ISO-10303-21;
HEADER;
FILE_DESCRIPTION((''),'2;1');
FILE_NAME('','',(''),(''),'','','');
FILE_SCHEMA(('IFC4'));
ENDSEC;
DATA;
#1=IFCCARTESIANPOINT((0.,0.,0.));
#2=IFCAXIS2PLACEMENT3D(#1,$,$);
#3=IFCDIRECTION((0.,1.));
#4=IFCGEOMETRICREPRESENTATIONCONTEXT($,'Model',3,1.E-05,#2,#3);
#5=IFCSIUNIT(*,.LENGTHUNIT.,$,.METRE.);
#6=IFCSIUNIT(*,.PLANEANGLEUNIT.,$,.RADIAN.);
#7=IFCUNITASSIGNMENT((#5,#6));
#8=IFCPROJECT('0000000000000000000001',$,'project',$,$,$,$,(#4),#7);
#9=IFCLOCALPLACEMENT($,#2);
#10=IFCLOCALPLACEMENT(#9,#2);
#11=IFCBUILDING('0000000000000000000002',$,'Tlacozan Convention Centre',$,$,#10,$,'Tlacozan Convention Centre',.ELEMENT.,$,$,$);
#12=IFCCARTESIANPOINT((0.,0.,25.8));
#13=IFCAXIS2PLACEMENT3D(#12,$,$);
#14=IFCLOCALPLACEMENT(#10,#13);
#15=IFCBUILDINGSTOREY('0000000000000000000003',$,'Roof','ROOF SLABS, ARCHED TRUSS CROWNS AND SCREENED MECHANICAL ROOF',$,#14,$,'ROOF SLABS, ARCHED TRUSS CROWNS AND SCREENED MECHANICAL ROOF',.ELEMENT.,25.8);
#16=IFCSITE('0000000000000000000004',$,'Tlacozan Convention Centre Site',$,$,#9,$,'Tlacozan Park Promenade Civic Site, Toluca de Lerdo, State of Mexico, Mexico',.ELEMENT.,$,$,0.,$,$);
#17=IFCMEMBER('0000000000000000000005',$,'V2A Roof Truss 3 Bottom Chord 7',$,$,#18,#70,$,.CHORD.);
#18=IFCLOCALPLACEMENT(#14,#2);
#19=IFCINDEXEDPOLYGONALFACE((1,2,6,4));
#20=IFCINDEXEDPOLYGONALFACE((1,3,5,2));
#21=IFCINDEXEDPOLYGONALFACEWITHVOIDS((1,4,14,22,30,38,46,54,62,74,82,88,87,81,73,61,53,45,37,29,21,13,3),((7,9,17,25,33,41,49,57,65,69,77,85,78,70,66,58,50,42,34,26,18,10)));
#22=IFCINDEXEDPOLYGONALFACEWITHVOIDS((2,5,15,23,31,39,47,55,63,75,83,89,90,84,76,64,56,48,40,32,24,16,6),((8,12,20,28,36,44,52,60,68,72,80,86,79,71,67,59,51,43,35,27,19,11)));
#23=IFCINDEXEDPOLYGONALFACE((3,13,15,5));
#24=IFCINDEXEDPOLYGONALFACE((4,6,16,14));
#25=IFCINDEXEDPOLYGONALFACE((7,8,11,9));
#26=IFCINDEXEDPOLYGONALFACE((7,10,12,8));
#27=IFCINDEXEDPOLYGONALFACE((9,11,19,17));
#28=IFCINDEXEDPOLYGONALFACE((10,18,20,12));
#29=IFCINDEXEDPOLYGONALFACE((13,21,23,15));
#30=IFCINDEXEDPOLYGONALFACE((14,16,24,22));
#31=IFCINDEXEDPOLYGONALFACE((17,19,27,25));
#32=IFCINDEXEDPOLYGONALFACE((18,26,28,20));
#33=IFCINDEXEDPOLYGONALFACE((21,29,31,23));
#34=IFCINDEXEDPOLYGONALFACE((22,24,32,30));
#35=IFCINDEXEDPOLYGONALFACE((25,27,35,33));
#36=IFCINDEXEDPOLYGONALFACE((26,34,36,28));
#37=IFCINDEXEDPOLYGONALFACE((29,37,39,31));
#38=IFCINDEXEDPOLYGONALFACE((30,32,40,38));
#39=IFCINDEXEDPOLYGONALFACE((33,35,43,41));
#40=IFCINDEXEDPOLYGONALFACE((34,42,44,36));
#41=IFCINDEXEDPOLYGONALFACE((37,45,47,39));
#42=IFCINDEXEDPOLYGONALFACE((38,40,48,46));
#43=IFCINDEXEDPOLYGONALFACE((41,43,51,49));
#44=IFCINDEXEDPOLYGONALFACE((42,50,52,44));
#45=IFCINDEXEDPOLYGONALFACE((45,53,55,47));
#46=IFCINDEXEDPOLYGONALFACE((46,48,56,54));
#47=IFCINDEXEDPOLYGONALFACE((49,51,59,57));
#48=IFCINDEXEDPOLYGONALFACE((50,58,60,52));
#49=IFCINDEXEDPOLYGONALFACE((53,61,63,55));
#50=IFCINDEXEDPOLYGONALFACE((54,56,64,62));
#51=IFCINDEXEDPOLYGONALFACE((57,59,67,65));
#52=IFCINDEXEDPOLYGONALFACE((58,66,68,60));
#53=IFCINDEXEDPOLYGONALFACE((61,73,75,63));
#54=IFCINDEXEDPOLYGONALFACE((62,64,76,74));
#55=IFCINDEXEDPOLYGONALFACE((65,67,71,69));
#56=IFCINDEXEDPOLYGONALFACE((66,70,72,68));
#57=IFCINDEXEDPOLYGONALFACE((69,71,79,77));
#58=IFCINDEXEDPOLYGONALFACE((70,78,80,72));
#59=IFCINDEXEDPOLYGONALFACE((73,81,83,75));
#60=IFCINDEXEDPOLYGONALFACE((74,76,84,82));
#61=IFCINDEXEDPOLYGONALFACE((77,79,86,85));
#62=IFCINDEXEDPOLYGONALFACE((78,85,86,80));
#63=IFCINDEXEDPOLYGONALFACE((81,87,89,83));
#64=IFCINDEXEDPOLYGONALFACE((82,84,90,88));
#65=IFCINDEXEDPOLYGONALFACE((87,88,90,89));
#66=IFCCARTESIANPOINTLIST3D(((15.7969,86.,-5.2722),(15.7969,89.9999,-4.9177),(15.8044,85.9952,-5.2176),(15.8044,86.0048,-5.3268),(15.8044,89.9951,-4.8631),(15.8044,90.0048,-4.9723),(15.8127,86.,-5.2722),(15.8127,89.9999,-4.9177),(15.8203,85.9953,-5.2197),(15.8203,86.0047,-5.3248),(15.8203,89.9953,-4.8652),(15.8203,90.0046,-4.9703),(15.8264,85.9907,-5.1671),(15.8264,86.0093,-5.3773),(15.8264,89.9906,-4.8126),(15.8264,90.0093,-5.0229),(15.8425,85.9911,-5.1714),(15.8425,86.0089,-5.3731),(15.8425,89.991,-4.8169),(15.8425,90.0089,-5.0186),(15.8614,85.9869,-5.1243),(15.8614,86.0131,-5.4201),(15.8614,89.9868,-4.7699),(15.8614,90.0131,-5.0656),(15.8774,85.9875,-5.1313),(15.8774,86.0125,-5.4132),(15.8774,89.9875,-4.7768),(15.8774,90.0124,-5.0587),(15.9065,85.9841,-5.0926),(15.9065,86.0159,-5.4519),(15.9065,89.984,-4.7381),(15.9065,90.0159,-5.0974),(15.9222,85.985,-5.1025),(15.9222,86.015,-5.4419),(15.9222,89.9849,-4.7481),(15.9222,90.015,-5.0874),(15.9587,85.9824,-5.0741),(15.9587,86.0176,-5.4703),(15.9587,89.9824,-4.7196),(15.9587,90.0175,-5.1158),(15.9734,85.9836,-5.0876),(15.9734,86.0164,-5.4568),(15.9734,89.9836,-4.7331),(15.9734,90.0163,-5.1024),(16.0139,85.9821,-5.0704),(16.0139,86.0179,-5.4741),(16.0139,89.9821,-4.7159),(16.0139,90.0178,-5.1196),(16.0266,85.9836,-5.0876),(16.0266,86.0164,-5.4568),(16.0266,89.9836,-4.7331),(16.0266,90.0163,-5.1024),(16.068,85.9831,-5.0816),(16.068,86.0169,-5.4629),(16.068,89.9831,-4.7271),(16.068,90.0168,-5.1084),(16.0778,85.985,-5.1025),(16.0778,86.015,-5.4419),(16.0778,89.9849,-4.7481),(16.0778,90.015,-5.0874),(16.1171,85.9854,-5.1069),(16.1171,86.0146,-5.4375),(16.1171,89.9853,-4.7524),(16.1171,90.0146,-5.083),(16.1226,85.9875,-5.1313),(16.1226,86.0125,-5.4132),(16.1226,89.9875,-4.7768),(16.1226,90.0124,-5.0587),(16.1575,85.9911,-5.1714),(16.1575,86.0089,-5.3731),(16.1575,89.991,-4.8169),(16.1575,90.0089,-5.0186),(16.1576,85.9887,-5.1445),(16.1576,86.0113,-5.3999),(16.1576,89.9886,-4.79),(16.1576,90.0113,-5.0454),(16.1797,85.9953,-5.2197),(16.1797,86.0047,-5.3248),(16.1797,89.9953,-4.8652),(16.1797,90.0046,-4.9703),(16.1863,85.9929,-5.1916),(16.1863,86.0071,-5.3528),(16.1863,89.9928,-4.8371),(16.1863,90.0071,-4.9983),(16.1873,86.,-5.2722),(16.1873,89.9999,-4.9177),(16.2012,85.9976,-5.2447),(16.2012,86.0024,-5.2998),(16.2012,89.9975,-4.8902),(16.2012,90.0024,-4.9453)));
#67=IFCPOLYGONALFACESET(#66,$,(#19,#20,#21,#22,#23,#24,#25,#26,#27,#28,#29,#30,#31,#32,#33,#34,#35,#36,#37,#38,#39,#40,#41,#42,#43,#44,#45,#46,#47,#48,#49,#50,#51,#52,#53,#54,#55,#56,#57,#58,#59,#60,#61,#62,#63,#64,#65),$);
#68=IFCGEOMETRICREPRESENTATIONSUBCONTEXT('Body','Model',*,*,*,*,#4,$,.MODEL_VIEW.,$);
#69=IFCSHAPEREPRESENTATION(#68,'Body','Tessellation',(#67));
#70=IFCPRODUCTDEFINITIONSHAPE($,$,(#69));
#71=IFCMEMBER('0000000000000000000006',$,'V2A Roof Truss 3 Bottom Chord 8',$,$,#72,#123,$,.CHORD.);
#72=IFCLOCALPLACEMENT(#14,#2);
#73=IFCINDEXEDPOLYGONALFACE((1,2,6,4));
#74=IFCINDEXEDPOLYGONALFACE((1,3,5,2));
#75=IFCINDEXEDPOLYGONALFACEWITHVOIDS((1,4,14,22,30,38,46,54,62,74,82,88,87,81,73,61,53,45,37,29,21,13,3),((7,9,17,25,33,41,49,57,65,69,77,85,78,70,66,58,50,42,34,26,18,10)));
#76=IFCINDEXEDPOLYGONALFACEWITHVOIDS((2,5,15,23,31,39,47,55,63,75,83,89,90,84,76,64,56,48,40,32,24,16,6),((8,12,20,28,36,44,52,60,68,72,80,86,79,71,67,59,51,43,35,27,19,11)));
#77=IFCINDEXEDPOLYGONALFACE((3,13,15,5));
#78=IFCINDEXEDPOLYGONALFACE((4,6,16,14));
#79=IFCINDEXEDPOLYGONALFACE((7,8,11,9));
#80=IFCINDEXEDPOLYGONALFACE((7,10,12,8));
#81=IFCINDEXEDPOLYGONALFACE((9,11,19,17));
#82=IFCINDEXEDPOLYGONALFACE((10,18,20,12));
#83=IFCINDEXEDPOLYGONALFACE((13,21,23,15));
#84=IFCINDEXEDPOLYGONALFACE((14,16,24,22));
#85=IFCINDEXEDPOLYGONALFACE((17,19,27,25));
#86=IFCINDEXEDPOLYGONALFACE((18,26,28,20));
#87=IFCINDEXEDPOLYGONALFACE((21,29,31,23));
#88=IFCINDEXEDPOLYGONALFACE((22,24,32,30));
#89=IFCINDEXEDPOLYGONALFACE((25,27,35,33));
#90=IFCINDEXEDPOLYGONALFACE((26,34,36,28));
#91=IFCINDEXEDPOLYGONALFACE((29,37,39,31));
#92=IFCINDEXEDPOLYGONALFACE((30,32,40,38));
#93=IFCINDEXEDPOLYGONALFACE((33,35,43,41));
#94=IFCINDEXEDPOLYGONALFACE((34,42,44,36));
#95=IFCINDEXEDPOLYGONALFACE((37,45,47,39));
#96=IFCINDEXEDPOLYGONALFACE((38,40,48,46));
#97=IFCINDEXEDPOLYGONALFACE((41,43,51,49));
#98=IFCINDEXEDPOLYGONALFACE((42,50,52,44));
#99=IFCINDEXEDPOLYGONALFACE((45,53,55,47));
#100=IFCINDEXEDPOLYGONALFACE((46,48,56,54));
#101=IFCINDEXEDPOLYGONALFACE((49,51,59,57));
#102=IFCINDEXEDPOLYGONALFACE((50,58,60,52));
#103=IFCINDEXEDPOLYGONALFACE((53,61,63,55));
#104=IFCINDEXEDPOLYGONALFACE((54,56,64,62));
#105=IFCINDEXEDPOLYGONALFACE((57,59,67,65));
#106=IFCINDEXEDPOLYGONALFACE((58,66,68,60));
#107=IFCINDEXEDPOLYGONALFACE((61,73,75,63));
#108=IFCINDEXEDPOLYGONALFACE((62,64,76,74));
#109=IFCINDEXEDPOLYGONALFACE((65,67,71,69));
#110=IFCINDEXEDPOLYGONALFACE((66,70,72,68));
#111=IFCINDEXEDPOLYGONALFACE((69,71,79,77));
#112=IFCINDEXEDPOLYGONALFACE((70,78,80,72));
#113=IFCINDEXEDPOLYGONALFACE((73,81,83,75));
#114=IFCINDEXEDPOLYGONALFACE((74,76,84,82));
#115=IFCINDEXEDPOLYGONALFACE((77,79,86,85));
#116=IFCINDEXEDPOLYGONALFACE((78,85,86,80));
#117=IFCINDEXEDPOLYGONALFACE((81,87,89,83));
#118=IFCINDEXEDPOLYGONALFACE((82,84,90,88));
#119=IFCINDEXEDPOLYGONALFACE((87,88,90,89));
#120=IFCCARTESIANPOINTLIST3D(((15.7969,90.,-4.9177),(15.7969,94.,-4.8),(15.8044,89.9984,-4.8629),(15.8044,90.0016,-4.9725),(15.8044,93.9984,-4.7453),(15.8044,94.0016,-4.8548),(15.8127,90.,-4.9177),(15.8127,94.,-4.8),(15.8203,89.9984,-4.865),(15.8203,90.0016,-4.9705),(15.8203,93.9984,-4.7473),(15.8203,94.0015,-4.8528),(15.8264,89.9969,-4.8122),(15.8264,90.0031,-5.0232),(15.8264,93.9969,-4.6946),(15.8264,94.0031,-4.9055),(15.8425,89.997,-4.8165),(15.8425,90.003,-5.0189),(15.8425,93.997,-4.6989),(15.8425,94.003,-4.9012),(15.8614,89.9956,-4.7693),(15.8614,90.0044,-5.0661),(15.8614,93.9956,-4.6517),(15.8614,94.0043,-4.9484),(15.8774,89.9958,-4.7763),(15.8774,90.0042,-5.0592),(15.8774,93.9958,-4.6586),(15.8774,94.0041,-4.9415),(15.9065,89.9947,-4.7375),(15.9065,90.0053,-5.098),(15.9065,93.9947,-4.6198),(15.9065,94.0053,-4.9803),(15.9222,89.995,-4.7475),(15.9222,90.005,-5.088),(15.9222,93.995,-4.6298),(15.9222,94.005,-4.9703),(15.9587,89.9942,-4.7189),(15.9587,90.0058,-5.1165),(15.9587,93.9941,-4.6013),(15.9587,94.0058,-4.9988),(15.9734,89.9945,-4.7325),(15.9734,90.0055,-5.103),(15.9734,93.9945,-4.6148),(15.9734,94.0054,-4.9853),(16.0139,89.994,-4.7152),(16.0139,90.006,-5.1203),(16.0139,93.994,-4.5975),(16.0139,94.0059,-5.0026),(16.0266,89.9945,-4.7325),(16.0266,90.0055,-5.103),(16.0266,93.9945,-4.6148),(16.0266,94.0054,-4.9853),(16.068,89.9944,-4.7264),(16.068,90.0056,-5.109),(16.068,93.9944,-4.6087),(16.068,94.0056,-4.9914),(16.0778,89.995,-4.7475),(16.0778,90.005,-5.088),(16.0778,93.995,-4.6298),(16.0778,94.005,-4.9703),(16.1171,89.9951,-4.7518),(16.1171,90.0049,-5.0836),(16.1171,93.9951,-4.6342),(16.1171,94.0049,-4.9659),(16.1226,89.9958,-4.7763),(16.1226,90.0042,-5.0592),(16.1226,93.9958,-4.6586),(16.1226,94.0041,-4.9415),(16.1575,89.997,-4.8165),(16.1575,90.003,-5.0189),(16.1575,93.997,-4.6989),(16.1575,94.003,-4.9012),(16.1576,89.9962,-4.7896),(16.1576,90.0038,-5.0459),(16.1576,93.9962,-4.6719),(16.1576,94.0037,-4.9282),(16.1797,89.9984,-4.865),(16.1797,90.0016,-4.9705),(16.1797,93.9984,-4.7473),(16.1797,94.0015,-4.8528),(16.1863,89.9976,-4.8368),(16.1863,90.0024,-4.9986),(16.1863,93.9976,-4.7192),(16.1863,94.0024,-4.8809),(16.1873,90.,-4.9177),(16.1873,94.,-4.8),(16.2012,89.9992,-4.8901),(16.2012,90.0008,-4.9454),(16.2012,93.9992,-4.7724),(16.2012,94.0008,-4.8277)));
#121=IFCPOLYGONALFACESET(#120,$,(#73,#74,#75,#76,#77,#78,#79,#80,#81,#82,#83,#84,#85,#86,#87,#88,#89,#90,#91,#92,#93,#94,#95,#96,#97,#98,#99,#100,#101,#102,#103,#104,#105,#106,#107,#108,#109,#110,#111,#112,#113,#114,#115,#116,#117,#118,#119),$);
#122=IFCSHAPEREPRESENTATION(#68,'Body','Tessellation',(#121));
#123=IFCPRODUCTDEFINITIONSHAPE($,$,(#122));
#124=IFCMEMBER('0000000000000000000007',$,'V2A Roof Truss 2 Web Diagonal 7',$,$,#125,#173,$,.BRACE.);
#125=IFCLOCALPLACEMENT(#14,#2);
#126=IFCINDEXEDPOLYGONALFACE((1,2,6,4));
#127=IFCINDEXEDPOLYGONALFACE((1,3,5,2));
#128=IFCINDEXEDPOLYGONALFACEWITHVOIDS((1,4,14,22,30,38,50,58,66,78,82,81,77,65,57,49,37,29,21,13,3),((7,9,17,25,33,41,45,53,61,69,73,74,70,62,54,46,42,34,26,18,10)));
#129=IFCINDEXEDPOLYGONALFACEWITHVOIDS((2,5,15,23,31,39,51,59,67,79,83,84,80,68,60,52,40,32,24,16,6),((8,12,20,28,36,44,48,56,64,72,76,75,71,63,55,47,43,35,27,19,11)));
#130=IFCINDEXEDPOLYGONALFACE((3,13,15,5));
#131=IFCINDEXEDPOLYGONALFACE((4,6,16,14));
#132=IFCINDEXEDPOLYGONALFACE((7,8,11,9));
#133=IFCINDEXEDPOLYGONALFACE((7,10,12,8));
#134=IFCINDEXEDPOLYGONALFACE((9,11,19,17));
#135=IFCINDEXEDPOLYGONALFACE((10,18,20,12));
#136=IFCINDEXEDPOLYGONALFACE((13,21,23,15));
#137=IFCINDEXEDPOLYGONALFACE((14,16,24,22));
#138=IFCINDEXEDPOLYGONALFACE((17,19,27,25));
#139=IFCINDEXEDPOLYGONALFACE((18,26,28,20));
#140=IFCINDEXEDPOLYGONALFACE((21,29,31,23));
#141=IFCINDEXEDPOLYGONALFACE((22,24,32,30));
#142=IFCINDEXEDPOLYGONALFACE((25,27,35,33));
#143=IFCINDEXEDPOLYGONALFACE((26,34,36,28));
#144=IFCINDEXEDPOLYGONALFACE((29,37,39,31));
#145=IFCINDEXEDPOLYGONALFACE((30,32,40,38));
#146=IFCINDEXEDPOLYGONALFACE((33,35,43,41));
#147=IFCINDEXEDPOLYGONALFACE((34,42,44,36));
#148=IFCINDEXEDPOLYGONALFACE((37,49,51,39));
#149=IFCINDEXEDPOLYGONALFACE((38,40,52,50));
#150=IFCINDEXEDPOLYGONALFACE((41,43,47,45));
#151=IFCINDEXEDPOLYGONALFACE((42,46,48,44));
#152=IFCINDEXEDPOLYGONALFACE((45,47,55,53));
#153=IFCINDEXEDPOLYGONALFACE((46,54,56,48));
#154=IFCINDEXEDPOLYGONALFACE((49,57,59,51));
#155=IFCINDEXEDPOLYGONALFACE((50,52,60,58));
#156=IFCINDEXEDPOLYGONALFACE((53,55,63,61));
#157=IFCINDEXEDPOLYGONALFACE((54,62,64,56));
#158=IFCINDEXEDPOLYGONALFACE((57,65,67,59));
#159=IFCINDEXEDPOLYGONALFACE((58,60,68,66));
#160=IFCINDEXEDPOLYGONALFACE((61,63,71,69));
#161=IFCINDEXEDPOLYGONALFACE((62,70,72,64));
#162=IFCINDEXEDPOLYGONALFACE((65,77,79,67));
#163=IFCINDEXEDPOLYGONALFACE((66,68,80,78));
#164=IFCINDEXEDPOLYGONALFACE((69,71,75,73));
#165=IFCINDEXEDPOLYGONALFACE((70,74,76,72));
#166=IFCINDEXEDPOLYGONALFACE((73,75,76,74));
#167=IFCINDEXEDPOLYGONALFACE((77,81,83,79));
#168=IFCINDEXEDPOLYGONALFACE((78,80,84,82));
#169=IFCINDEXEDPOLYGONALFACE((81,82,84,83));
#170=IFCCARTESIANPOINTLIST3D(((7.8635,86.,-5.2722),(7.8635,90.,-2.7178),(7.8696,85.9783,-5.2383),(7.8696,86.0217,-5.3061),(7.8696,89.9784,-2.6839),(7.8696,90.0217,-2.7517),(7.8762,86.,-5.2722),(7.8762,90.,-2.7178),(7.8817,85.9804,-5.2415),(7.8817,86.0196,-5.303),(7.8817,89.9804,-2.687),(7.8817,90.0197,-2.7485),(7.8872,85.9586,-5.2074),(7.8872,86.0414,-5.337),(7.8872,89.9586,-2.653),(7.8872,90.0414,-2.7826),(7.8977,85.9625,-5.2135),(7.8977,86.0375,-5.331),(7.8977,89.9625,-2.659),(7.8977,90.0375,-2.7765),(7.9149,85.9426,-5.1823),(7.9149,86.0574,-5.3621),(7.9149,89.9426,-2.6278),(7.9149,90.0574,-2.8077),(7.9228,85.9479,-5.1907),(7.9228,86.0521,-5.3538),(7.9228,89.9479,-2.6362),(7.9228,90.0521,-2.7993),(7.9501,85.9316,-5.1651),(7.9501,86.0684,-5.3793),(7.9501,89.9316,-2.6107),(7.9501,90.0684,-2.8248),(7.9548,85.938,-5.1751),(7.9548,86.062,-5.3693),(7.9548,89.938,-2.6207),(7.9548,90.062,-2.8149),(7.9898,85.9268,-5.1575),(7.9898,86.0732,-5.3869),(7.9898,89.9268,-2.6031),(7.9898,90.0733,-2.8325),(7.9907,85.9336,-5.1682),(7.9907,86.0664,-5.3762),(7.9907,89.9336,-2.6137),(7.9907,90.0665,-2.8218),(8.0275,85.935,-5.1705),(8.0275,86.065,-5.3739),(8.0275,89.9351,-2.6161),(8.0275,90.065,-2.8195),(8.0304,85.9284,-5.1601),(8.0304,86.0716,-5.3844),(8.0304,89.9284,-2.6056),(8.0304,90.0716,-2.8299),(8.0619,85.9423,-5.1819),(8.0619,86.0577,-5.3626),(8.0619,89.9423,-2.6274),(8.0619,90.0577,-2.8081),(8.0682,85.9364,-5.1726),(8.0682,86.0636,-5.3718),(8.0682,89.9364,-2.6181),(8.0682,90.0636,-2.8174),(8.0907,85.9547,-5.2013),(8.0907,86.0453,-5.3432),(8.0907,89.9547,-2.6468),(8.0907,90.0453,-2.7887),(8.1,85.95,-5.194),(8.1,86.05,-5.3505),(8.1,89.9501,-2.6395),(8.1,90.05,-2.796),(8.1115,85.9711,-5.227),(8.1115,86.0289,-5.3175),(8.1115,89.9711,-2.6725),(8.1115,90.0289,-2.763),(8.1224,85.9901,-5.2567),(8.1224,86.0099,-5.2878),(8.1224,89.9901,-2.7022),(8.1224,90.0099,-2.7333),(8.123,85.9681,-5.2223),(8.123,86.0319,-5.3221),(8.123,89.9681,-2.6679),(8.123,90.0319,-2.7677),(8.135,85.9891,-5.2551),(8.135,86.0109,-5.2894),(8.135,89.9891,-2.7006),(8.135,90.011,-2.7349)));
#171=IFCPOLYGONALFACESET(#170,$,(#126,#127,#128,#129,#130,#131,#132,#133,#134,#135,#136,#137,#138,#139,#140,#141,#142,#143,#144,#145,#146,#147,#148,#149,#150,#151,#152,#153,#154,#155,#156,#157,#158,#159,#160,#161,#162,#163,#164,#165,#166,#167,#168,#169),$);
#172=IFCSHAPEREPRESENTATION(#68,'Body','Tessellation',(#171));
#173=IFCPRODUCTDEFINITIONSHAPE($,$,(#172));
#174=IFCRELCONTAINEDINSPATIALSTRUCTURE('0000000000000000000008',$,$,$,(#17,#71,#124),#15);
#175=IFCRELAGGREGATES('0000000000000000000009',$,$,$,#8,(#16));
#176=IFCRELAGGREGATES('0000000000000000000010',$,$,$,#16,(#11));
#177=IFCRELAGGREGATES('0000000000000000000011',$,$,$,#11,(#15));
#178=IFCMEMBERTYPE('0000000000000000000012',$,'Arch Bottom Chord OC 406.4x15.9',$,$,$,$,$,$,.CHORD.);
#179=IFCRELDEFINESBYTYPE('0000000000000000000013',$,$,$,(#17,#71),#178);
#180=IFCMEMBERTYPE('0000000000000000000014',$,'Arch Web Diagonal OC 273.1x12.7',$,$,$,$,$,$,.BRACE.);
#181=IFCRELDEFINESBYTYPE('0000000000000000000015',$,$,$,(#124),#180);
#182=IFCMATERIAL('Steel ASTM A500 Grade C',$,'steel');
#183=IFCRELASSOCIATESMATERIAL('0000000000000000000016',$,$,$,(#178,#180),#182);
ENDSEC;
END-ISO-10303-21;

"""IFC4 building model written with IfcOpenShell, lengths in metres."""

from ifc_helpers import new_model, si_unit, direction, frame, origin, origin_2d, place, context, subcontext, project, spatial, hollow_circle, extrude, material, material_profile, profile_set, type_object, element, save


model = new_model("IFC4")

# Units and contexts
model_context = context("Model", 3, precision=1e-05, world=origin(), true_north=direction((0.0, 1.0)))
body_context = subcontext(model_context, "Body", "Model", "MODEL_VIEW")
ifc_project = project(units=[si_unit("LENGTHUNIT", "METRE"), si_unit("PLANEANGLEUNIT", "RADIAN")], contexts=[model_context])

# Site, building, storey
site_placement = place(None, origin())
site = spatial("IfcSite", under=ifc_project, at=site_placement, Name="Tlacozan Convention Centre Site", LongName="Tlacozan Park Promenade Civic Site, Toluca de Lerdo, State of Mexico, Mexico", CompositionType="ELEMENT", RefElevation=0.0)
building_placement = place(site_placement, origin())
building = spatial("IfcBuilding", under=site, at=building_placement, Name="Tlacozan Convention Centre", LongName="Tlacozan Convention Centre", CompositionType="ELEMENT")
storey_placement = place(building_placement, frame((0.0, 0.0, 25.8)))
storey = spatial("IfcBuildingStorey", under=building, at=storey_placement, Name="Roof", Description="ROOF SLABS, ARCHED TRUSS CROWNS AND SCREENED MECHANICAL ROOF", LongName="ROOF SLABS, ARCHED TRUSS CROWNS AND SCREENED MECHANICAL ROOF", CompositionType="ELEMENT", Elevation=25.8)

# Members
ifc_material_1 = material(Name="Steel ASTM A500 Grade C", Category="steel")
ifc_material_profile_1 = material_profile(ifc_material_1, hollow_circle(Radius=0.2031, WallThickness=0.0159, at=origin_2d()), Name="OC 406.4x15.9")
ifc_profile_set_1 = profile_set([ifc_material_profile_1], Name="Steel ASTM A500 Grade C")
member_type_1 = type_object("IfcMemberType", Name="Arch Bottom Chord OC 406.4x15.9", PredefinedType="CHORD", material=ifc_profile_set_1)
member_1_placement = place(storey_placement, frame((16.0, 86.0, -5.2722), z_axis=(0.0, 0.996096, 0.088277), x_axis=(-1.0, 0.0, 0.0)))
element("IfcMember", 1, at=member_1_placement, inside=storey, type_object=member_type_1, Name="V2A Roof Truss 3 Bottom Chord 7", PredefinedType="CHORD", context=body_context, shape_type="SweptSolid", body=[
    extrude(hollow_circle(Radius=0.2031, WallThickness=0.0159, at=origin_2d()), origin(), (0.0, 0.0, 1.0), 4.0156),
])
member_2_placement = place(storey_placement, frame((16.0, 90.0, -4.9177), z_axis=(0.0, 0.999568, 0.029406), x_axis=(-1.0, 0.0, 0.0)))
element("IfcMember", 2, at=member_2_placement, inside=storey, type_object=member_type_1, Name="V2A Roof Truss 3 Bottom Chord 8", PredefinedType="CHORD", context=body_context, shape_type="SweptSolid", body=[
    extrude(hollow_circle(Radius=0.2031, WallThickness=0.0159, at=origin_2d()), origin(), (0.0, 0.0, 1.0), 4.0017),
])
ifc_material_profile_2 = material_profile(ifc_material_1, hollow_circle(Radius=0.1365, WallThickness=0.0127, at=origin_2d()), Name="OC 273.1x12.7")
ifc_profile_set_2 = profile_set([ifc_material_profile_2], Name="Steel ASTM A500 Grade C")
member_type_2 = type_object("IfcMemberType", Name="Arch Web Diagonal OC 273.1x12.7", PredefinedType="BRACE", material=ifc_profile_set_2)
member_3_placement = place(storey_placement, frame((8.0, 86.0, -5.2722), z_axis=(0.0, 0.842803, 0.538223), x_axis=(-1.0, 0.0, 0.0)))
element("IfcMember", 3, at=member_3_placement, inside=storey, type_object=member_type_2, Name="V2A Roof Truss 2 Web Diagonal 7", PredefinedType="BRACE", context=body_context, shape_type="SweptSolid", body=[
    extrude(hollow_circle(Radius=0.1365, WallThickness=0.0127, at=origin_2d()), origin(), (0.0, 0.0, 1.0), 4.7461),
])

save(model, "model.ifc")
